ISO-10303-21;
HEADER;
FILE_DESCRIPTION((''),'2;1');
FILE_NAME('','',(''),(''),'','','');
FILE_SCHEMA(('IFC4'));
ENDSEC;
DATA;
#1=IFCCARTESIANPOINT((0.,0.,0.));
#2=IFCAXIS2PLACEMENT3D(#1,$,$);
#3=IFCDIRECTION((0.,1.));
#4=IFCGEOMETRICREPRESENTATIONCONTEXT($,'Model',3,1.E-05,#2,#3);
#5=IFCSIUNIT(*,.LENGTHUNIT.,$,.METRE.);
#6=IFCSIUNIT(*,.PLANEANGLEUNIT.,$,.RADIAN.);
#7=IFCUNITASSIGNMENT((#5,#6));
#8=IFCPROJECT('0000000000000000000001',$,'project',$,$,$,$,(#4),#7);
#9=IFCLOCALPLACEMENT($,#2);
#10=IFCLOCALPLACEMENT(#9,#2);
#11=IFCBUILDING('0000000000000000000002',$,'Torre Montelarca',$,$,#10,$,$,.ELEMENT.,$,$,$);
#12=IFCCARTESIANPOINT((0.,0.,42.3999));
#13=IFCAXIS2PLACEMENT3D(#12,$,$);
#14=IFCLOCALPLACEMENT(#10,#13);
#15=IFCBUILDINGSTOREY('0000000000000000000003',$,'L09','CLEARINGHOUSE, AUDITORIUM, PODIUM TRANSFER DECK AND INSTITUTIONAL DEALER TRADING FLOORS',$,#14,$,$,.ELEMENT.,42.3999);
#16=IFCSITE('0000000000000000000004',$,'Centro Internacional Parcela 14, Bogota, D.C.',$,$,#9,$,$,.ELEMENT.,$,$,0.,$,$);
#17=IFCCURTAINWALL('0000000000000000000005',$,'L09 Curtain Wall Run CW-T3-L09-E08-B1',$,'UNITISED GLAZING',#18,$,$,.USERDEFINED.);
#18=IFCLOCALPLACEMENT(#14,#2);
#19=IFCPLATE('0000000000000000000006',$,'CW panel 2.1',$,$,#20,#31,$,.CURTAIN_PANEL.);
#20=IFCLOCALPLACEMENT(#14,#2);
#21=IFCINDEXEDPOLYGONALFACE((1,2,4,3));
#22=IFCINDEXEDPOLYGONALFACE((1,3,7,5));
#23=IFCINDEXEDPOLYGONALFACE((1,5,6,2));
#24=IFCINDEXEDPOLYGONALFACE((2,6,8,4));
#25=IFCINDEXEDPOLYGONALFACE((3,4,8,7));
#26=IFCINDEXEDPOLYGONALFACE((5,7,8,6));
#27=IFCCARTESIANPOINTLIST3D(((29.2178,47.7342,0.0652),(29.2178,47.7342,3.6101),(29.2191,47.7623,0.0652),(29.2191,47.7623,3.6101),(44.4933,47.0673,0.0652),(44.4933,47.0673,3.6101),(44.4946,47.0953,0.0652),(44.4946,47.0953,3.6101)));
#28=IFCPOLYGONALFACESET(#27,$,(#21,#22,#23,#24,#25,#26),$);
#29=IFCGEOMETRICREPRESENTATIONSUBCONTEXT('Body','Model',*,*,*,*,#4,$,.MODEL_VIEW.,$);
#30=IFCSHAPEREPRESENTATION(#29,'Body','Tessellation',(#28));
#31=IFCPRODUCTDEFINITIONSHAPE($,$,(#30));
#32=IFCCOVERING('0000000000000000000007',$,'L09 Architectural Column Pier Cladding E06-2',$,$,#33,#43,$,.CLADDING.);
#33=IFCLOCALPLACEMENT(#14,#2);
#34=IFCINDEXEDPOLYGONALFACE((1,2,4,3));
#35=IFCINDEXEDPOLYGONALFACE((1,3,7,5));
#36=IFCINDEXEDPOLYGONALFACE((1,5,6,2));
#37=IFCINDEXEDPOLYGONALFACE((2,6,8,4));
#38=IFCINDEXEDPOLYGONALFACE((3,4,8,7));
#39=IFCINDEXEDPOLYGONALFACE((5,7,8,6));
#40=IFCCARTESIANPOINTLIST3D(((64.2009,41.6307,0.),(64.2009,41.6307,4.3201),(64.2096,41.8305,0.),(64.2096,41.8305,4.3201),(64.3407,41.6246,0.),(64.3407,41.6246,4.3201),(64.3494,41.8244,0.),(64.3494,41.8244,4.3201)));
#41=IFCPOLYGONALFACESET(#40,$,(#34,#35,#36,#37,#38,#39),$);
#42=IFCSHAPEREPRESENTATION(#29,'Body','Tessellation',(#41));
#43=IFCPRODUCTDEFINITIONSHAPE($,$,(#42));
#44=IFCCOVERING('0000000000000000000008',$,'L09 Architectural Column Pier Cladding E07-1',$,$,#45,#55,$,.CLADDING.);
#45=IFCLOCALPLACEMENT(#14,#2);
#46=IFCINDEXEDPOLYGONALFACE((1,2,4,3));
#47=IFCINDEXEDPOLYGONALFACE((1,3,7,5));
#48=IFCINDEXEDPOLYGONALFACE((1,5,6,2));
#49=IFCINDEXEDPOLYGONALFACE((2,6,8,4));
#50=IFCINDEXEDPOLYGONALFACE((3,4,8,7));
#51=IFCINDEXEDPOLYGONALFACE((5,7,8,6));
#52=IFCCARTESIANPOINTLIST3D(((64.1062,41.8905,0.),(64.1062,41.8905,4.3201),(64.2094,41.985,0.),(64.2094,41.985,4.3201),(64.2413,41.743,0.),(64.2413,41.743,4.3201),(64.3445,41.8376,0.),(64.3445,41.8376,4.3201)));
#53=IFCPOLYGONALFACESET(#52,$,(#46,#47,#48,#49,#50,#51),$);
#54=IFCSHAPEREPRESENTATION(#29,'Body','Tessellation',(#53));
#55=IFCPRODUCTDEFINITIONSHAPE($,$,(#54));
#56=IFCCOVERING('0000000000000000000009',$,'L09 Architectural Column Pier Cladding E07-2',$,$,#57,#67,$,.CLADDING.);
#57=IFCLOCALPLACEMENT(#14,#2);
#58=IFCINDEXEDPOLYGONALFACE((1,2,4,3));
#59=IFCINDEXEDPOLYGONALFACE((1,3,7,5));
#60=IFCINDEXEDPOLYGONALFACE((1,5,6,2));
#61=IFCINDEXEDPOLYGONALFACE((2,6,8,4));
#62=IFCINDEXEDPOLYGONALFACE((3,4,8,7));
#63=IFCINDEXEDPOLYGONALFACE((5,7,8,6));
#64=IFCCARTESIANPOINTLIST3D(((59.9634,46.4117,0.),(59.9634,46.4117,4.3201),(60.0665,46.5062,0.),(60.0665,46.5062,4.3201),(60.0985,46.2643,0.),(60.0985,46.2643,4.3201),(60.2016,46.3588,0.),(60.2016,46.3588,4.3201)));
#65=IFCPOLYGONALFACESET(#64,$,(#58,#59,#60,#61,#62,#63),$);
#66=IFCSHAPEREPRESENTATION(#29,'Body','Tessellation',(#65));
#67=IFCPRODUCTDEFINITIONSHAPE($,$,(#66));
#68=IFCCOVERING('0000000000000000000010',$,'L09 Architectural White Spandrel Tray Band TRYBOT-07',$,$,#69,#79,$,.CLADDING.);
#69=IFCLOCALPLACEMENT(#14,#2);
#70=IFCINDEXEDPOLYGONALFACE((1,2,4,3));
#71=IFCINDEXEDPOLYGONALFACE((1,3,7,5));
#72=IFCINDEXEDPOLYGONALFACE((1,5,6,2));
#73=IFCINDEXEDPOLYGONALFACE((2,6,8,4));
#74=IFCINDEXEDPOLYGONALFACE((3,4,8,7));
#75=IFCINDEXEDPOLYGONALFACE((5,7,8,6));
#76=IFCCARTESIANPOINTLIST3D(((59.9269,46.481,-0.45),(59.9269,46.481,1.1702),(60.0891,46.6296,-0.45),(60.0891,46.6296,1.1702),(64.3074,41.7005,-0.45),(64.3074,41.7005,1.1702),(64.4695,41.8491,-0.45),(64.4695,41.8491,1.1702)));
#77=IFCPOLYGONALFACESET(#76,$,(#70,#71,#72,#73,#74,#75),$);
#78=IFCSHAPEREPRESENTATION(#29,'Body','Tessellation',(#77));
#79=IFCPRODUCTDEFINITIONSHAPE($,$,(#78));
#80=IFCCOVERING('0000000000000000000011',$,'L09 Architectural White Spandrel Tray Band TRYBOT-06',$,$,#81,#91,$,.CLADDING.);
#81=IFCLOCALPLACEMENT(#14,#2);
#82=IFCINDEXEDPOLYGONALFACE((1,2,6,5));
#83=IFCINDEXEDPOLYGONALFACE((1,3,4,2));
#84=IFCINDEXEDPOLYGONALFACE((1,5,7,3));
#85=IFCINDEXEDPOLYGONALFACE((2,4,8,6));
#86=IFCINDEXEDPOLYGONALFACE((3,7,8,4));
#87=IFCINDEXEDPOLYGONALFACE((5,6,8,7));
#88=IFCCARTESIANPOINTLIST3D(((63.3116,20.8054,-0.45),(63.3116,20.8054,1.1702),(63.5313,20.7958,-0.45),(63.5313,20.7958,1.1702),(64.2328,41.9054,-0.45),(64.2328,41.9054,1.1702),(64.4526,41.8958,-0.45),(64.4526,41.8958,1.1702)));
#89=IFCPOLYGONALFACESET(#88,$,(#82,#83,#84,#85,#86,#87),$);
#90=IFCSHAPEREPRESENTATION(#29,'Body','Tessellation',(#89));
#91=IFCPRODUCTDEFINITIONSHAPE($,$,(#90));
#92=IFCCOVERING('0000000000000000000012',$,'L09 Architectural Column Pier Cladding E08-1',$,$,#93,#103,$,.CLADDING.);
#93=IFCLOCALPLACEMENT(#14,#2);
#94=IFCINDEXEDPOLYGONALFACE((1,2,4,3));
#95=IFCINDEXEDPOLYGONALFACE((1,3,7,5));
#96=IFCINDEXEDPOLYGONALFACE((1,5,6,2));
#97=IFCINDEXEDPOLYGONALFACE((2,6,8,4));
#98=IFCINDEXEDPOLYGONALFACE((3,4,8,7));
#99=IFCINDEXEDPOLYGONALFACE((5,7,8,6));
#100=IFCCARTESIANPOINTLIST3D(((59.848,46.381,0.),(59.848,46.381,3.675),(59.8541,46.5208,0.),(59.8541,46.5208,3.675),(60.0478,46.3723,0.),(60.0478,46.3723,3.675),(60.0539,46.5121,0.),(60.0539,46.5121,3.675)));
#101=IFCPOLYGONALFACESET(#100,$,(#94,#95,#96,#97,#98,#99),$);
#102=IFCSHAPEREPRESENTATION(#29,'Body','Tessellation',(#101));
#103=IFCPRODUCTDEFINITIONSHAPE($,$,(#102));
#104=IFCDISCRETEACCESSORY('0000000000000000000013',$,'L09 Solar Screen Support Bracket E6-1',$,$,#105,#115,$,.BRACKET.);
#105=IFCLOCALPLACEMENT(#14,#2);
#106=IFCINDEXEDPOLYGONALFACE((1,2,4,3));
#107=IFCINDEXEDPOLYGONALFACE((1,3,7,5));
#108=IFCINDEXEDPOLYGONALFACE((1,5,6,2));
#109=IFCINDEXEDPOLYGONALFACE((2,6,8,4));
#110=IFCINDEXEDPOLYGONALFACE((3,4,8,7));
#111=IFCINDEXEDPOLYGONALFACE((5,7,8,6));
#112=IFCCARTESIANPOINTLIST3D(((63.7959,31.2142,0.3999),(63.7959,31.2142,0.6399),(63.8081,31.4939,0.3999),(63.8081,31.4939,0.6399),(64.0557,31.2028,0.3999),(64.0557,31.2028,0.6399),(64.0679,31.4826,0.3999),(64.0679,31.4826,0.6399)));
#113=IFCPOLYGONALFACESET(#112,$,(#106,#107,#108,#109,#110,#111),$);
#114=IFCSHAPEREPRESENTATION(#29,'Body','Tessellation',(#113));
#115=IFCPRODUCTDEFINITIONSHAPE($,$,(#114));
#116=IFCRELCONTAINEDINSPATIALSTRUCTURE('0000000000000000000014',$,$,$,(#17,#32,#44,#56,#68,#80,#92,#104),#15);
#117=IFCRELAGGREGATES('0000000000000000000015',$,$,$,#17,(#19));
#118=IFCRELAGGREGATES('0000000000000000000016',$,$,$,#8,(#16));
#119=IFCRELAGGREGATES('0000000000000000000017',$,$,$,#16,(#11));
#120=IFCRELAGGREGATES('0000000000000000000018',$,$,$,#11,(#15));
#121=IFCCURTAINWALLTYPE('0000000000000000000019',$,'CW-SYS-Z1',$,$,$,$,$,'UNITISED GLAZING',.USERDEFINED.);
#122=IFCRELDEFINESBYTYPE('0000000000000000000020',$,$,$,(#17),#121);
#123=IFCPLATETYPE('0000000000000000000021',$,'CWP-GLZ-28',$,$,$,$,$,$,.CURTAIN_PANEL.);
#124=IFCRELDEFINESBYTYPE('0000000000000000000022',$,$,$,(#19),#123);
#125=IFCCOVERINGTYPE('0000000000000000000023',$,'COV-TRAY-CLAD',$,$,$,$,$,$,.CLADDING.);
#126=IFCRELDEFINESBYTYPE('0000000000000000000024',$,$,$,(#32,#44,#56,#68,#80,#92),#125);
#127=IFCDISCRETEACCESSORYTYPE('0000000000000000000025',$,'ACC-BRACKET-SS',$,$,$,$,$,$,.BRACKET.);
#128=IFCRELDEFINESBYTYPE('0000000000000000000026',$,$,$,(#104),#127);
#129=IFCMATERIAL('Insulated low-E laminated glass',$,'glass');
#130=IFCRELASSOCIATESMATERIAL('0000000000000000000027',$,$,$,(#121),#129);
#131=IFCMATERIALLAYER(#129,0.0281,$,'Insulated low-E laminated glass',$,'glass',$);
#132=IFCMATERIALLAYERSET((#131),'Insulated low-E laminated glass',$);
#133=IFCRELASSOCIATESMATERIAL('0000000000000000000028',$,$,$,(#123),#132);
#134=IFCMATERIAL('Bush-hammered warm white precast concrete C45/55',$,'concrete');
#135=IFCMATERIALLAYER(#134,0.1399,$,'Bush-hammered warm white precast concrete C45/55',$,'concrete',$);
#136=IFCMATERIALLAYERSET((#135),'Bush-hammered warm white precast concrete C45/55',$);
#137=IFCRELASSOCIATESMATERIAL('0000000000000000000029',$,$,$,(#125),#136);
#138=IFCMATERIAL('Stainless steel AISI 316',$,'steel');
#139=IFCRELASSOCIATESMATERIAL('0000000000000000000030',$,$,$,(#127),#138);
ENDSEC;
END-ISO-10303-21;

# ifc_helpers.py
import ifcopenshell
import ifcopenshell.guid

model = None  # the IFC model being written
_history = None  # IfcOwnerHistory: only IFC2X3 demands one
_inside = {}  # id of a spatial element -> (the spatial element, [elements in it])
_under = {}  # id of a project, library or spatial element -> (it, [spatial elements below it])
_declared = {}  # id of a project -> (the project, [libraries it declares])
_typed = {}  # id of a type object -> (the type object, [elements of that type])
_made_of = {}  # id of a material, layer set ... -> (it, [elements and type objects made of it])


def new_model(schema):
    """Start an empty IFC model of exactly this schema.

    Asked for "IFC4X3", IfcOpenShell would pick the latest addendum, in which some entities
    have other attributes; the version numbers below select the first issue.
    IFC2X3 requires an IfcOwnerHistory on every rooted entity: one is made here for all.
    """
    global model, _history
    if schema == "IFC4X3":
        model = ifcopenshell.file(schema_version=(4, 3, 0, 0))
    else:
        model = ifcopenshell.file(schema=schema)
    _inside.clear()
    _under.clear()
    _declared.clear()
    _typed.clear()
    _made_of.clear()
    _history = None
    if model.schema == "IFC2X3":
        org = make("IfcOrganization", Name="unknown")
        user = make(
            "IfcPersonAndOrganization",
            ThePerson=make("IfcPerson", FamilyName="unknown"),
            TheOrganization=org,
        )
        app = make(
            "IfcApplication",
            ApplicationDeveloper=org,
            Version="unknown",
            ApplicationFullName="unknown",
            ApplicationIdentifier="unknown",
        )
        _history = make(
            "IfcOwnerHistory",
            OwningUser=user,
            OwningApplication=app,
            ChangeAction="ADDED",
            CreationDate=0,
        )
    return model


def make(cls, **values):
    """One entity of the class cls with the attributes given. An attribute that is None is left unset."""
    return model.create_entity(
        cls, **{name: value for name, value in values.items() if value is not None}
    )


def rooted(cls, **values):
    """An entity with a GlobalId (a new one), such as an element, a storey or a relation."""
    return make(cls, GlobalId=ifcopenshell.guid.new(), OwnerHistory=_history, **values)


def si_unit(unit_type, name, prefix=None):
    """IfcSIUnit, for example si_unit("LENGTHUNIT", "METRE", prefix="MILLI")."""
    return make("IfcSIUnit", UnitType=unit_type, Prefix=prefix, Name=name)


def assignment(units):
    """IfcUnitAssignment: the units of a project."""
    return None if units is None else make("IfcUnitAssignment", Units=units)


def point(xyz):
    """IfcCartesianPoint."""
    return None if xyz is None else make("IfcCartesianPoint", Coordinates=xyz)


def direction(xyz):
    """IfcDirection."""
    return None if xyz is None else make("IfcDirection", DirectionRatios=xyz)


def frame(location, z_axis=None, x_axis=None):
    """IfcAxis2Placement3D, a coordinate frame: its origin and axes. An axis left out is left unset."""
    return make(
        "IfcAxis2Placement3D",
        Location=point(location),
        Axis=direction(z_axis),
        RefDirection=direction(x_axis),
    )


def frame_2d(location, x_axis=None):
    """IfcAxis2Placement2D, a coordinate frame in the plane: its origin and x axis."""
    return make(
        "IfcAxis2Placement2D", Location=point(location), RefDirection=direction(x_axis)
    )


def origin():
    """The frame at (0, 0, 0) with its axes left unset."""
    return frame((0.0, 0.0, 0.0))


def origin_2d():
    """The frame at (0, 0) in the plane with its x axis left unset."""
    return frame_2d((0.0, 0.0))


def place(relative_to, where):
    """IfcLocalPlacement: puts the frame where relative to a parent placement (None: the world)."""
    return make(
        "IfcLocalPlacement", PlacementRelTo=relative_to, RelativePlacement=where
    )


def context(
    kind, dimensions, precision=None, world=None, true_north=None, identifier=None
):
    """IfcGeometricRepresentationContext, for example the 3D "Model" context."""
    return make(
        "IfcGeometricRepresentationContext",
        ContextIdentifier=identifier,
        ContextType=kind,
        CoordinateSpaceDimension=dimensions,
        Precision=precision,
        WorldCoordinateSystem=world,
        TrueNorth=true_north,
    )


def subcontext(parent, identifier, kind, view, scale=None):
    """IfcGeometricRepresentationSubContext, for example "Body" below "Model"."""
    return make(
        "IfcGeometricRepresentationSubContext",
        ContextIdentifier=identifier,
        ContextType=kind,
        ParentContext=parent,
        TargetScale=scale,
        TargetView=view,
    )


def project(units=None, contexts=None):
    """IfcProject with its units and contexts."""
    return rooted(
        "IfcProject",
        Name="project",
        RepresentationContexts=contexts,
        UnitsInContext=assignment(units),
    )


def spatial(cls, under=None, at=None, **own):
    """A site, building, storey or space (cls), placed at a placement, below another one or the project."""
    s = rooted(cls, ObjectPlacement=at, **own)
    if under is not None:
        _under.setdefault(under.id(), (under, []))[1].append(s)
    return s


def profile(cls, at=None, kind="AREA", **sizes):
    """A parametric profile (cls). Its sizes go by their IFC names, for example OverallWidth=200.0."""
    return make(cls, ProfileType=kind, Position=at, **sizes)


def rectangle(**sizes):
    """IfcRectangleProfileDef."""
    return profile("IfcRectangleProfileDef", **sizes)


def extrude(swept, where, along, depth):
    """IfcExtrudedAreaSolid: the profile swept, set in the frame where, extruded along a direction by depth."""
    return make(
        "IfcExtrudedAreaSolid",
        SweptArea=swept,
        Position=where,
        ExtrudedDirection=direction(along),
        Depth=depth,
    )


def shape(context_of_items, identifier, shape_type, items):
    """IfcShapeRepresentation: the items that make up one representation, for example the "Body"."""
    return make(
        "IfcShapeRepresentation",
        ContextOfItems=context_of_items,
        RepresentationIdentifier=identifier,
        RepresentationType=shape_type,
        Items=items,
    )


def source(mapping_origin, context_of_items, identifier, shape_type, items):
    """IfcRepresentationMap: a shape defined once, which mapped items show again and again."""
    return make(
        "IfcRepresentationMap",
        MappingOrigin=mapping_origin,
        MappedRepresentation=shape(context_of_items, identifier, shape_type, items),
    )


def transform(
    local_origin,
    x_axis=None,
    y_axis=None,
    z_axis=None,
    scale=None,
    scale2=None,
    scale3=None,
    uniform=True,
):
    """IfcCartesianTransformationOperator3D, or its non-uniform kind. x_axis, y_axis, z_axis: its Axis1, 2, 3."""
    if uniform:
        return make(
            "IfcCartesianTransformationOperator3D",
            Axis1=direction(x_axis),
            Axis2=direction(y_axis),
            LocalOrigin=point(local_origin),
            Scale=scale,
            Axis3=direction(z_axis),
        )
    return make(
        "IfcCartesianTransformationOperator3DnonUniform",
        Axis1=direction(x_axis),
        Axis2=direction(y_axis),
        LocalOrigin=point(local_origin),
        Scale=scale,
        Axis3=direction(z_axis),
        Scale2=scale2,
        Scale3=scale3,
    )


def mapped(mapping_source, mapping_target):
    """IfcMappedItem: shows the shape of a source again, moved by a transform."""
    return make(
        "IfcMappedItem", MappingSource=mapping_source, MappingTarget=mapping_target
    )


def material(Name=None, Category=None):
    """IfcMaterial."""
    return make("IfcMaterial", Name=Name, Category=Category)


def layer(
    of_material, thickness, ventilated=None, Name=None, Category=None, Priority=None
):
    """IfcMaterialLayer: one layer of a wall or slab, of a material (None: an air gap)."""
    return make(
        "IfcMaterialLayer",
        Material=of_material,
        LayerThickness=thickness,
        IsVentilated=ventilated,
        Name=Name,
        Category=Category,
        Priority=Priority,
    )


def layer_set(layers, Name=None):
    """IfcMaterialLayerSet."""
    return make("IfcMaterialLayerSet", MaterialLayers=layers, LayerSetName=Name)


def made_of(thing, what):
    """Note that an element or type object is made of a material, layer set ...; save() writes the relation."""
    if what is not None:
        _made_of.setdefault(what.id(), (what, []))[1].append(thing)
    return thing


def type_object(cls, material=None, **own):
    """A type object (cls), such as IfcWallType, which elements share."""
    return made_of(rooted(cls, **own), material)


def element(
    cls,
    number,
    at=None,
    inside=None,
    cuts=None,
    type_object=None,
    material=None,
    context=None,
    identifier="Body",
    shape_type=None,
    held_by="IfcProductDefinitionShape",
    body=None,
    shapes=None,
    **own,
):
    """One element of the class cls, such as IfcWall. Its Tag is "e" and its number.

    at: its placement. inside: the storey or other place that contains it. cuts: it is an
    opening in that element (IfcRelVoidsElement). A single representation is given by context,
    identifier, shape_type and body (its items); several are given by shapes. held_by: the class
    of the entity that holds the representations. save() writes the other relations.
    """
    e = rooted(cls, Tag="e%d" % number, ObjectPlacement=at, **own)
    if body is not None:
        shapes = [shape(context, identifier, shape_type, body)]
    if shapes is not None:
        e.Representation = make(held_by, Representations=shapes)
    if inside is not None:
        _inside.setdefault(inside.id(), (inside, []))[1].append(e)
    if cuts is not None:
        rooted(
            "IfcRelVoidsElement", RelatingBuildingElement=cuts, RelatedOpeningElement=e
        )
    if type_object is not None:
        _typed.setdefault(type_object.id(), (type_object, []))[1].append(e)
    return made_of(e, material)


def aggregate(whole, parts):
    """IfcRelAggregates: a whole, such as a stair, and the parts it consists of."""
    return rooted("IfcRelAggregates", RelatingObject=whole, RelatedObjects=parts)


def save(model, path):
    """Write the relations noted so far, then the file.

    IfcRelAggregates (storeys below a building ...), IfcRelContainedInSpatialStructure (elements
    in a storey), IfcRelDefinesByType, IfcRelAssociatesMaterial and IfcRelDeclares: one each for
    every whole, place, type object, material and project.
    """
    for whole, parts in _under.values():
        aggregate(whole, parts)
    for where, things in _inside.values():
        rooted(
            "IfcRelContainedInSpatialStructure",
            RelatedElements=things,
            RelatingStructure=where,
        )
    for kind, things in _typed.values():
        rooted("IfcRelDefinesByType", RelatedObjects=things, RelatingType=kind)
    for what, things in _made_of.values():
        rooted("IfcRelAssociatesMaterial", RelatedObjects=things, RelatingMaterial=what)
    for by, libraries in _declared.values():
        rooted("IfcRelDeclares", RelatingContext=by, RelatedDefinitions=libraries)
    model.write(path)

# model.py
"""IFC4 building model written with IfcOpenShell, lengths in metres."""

from ifc_helpers import new_model, si_unit, direction, frame, origin, origin_2d, place, context, subcontext, project, spatial, rectangle, extrude, source, transform, mapped, material, layer, layer_set, type_object, element, aggregate, save


model = new_model("IFC4")

# Units and contexts
model_context = context("Model", 3, precision=1e-05, world=origin(), true_north=direction((0.0, 1.0)))
body_context = subcontext(model_context, "Body", "Model", "MODEL_VIEW")
ifc_project = project(units=[si_unit("LENGTHUNIT", "METRE"), si_unit("PLANEANGLEUNIT", "RADIAN")], contexts=[model_context])

# Site, building, storey
site_placement = place(None, origin())
site = spatial("IfcSite", under=ifc_project, at=site_placement, Name="Centro Internacional Parcela 14, Bogota, D.C.", CompositionType="ELEMENT", RefElevation=0.0)
building_placement = place(site_placement, origin())
building = spatial("IfcBuilding", under=site, at=building_placement, Name="Torre Montelarca", CompositionType="ELEMENT")
storey_placement = place(building_placement, frame((0.0, 0.0, 42.3999)))
storey = spatial("IfcBuildingStorey", under=building, at=storey_placement, Name="L09", Description="CLEARINGHOUSE, AUDITORIUM, PODIUM TRANSFER DECK AND INSTITUTIONAL DEALER TRADING FLOORS", CompositionType="ELEMENT", Elevation=42.3999)

# Shared definitions
ifc_material_1 = material(Name="Insulated low-E laminated glass", Category="glass")
curtain_wall_type = type_object("IfcCurtainWallType", Name="CW-SYS-Z1", ElementType="UNITISED GLAZING", PredefinedType="USERDEFINED", material=ifc_material_1)

# Curtain wall
curtain_wall_1_placement = place(storey_placement, origin())
curtain_wall_1 = element("IfcCurtainWall", 1, at=curtain_wall_1_placement, inside=storey, type_object=curtain_wall_type, Name="L09 Curtain Wall Run CW-T3-L09-E08-B1", ObjectType="UNITISED GLAZING", PredefinedType="USERDEFINED")

# Plate
ifc_layer_1 = layer(ifc_material_1, 0.0281, Name="Insulated low-E laminated glass", Category="glass")
ifc_layer_set_1 = layer_set([ifc_layer_1], Name="Insulated low-E laminated glass")
plate_type = type_object("IfcPlateType", Name="CWP-GLZ-28", PredefinedType="CURTAIN_PANEL", material=ifc_layer_set_1)
shared_shape_1 = source(origin(), body_context, "Body", "SweptSolid", [
    extrude(rectangle(XDim=15.29, YDim=0.0281, at=origin_2d()), origin(), (0.0, 0.0, 1.0), 3.5449),
])
plate_1_placement = place(storey_placement, frame((36.8562, 47.4148, 0.0652), z_axis=(0.0, 0.0, 1.0), x_axis=(-0.999048, 0.04362, 0.0)))
plate_1 = element("IfcPlate", 2, at=plate_1_placement, type_object=plate_type, Name="CW panel 2.1", PredefinedType="CURTAIN_PANEL", context=body_context, shape_type="MappedRepresentation", body=[
    mapped(shared_shape_1, transform((0.0, 0.0, 0.0), scale=1.0)),
])
aggregate(curtain_wall_1, [plate_1])

# Coverings
ifc_material_2 = material(Name="Bush-hammered warm white precast concrete C45/55", Category="concrete")
ifc_layer_2 = layer(ifc_material_2, 0.1399, Name="Bush-hammered warm white precast concrete C45/55", Category="concrete")
ifc_layer_set_2 = layer_set([ifc_layer_2], Name="Bush-hammered warm white precast concrete C45/55")
covering_type = type_object("IfcCoveringType", Name="COV-TRAY-CLAD", PredefinedType="CLADDING", material=ifc_layer_set_2)
shared_shape_2 = source(origin(), body_context, "Body", "SweptSolid", [
    extrude(rectangle(XDim=0.2, YDim=0.1399, at=origin_2d()), origin(), (0.0, 0.0, 1.0), 4.3201),
])
for number, where, z_axis, x_axis, name in (
    (3, (64.2751, 41.7275, 0.0), (0.0, 0.0, 1.0), (0.043621, 0.999048, 0.0), "L09 Architectural Column Pier Cladding E06-2"),
    (4, (64.2253, 41.864, 0.0), (0.0, 0.0, 1.0), (-0.675586, 0.737281, 0.0), "L09 Architectural Column Pier Cladding E07-1"),
    (5, (60.0825, 46.3853, 0.0), (0.0, 0.0, 1.0), (-0.675586, 0.737281, 0.0), "L09 Architectural Column Pier Cladding E07-2"),
):
    element("IfcCovering", number, at=place(storey_placement, frame(where, z_axis=z_axis, x_axis=x_axis)), inside=storey, type_object=covering_type, Name=name, PredefinedType="CLADDING", context=body_context, shape_type="MappedRepresentation", body=[
        mapped(shared_shape_2, transform((0.0, 0.0, 0.0), scale=1.0)),
    ])
shared_shape_3 = source(origin(), body_context, "Body", "SweptSolid", [
    extrude(rectangle(XDim=6.4839, YDim=0.22, at=origin_2d()), origin(), (0.0, 0.0, 1.0), 1.6201),
])
covering_1_placement = place(storey_placement, frame((62.1982, 44.165, -0.45), z_axis=(0.0, 0.0, 1.0), x_axis=(-0.675588, 0.73728, 0.0)))
element("IfcCovering", 6, at=covering_1_placement, inside=storey, type_object=covering_type, Name="L09 Architectural White Spandrel Tray Band TRYBOT-07", PredefinedType="CLADDING", context=body_context, shape_type="MappedRepresentation", body=[
    mapped(shared_shape_3, transform((0.0, 0.0, 0.0), scale=1.0)),
])
shared_shape_4 = source(origin(), body_context, "Body", "SweptSolid", [
    extrude(rectangle(XDim=21.1201, YDim=0.22, at=origin_2d()), origin(), (0.0, 0.0, 1.0), 1.6201),
])
covering_2_placement = place(storey_placement, frame((63.8821, 31.3506, -0.45), z_axis=(0.0, 0.0, 1.0), x_axis=(0.043619, 0.999048, 0.0)))
element("IfcCovering", 7, at=covering_2_placement, inside=storey, type_object=covering_type, Name="L09 Architectural White Spandrel Tray Band TRYBOT-06", PredefinedType="CLADDING", context=body_context, shape_type="MappedRepresentation", body=[
    mapped(shared_shape_4, transform((0.0, 0.0, 0.0), scale=1.0)),
])
shared_shape_5 = source(origin(), body_context, "Body", "SweptSolid", [
    extrude(rectangle(XDim=0.2, YDim=0.1399, at=origin_2d()), origin(), (0.0, 0.0, 1.0), 3.675),
])
covering_3_placement = place(storey_placement, frame((59.9509, 46.4465, 0.0), z_axis=(0.0, 0.0, 1.0), x_axis=(-0.999048, 0.043621, 0.0)))
element("IfcCovering", 8, at=covering_3_placement, inside=storey, type_object=covering_type, Name="L09 Architectural Column Pier Cladding E08-1", PredefinedType="CLADDING", context=body_context, shape_type="MappedRepresentation", body=[
    mapped(shared_shape_5, transform((0.0, 0.0, 0.0), scale=1.0)),
])

# Discrete accessory
ifc_material_3 = material(Name="Stainless steel AISI 316", Category="steel")
discrete_accessory_type = type_object("IfcDiscreteAccessoryType", Name="ACC-BRACKET-SS", PredefinedType="BRACKET", material=ifc_material_3)
shared_shape_6 = source(origin(), body_context, "Body", "SweptSolid", [
    extrude(rectangle(XDim=0.28, YDim=0.26, at=origin_2d()), origin(), (0.0, 0.0, 1.0), 0.24),
])
discrete_accessory_placement = place(storey_placement, frame((63.9319, 31.3484, 0.3999), z_axis=(0.0, 0.0, 1.0), x_axis=(0.043619, 0.999048, 0.0)))
element("IfcDiscreteAccessory", 9, at=discrete_accessory_placement, inside=storey, type_object=discrete_accessory_type, Name="L09 Solar Screen Support Bracket E6-1", PredefinedType="BRACKET", context=body_context, shape_type="MappedRepresentation", body=[
    mapped(shared_shape_6, transform((0.0, 0.0, 0.0), scale=1.0)),
])

save(model, "model.ifc")
